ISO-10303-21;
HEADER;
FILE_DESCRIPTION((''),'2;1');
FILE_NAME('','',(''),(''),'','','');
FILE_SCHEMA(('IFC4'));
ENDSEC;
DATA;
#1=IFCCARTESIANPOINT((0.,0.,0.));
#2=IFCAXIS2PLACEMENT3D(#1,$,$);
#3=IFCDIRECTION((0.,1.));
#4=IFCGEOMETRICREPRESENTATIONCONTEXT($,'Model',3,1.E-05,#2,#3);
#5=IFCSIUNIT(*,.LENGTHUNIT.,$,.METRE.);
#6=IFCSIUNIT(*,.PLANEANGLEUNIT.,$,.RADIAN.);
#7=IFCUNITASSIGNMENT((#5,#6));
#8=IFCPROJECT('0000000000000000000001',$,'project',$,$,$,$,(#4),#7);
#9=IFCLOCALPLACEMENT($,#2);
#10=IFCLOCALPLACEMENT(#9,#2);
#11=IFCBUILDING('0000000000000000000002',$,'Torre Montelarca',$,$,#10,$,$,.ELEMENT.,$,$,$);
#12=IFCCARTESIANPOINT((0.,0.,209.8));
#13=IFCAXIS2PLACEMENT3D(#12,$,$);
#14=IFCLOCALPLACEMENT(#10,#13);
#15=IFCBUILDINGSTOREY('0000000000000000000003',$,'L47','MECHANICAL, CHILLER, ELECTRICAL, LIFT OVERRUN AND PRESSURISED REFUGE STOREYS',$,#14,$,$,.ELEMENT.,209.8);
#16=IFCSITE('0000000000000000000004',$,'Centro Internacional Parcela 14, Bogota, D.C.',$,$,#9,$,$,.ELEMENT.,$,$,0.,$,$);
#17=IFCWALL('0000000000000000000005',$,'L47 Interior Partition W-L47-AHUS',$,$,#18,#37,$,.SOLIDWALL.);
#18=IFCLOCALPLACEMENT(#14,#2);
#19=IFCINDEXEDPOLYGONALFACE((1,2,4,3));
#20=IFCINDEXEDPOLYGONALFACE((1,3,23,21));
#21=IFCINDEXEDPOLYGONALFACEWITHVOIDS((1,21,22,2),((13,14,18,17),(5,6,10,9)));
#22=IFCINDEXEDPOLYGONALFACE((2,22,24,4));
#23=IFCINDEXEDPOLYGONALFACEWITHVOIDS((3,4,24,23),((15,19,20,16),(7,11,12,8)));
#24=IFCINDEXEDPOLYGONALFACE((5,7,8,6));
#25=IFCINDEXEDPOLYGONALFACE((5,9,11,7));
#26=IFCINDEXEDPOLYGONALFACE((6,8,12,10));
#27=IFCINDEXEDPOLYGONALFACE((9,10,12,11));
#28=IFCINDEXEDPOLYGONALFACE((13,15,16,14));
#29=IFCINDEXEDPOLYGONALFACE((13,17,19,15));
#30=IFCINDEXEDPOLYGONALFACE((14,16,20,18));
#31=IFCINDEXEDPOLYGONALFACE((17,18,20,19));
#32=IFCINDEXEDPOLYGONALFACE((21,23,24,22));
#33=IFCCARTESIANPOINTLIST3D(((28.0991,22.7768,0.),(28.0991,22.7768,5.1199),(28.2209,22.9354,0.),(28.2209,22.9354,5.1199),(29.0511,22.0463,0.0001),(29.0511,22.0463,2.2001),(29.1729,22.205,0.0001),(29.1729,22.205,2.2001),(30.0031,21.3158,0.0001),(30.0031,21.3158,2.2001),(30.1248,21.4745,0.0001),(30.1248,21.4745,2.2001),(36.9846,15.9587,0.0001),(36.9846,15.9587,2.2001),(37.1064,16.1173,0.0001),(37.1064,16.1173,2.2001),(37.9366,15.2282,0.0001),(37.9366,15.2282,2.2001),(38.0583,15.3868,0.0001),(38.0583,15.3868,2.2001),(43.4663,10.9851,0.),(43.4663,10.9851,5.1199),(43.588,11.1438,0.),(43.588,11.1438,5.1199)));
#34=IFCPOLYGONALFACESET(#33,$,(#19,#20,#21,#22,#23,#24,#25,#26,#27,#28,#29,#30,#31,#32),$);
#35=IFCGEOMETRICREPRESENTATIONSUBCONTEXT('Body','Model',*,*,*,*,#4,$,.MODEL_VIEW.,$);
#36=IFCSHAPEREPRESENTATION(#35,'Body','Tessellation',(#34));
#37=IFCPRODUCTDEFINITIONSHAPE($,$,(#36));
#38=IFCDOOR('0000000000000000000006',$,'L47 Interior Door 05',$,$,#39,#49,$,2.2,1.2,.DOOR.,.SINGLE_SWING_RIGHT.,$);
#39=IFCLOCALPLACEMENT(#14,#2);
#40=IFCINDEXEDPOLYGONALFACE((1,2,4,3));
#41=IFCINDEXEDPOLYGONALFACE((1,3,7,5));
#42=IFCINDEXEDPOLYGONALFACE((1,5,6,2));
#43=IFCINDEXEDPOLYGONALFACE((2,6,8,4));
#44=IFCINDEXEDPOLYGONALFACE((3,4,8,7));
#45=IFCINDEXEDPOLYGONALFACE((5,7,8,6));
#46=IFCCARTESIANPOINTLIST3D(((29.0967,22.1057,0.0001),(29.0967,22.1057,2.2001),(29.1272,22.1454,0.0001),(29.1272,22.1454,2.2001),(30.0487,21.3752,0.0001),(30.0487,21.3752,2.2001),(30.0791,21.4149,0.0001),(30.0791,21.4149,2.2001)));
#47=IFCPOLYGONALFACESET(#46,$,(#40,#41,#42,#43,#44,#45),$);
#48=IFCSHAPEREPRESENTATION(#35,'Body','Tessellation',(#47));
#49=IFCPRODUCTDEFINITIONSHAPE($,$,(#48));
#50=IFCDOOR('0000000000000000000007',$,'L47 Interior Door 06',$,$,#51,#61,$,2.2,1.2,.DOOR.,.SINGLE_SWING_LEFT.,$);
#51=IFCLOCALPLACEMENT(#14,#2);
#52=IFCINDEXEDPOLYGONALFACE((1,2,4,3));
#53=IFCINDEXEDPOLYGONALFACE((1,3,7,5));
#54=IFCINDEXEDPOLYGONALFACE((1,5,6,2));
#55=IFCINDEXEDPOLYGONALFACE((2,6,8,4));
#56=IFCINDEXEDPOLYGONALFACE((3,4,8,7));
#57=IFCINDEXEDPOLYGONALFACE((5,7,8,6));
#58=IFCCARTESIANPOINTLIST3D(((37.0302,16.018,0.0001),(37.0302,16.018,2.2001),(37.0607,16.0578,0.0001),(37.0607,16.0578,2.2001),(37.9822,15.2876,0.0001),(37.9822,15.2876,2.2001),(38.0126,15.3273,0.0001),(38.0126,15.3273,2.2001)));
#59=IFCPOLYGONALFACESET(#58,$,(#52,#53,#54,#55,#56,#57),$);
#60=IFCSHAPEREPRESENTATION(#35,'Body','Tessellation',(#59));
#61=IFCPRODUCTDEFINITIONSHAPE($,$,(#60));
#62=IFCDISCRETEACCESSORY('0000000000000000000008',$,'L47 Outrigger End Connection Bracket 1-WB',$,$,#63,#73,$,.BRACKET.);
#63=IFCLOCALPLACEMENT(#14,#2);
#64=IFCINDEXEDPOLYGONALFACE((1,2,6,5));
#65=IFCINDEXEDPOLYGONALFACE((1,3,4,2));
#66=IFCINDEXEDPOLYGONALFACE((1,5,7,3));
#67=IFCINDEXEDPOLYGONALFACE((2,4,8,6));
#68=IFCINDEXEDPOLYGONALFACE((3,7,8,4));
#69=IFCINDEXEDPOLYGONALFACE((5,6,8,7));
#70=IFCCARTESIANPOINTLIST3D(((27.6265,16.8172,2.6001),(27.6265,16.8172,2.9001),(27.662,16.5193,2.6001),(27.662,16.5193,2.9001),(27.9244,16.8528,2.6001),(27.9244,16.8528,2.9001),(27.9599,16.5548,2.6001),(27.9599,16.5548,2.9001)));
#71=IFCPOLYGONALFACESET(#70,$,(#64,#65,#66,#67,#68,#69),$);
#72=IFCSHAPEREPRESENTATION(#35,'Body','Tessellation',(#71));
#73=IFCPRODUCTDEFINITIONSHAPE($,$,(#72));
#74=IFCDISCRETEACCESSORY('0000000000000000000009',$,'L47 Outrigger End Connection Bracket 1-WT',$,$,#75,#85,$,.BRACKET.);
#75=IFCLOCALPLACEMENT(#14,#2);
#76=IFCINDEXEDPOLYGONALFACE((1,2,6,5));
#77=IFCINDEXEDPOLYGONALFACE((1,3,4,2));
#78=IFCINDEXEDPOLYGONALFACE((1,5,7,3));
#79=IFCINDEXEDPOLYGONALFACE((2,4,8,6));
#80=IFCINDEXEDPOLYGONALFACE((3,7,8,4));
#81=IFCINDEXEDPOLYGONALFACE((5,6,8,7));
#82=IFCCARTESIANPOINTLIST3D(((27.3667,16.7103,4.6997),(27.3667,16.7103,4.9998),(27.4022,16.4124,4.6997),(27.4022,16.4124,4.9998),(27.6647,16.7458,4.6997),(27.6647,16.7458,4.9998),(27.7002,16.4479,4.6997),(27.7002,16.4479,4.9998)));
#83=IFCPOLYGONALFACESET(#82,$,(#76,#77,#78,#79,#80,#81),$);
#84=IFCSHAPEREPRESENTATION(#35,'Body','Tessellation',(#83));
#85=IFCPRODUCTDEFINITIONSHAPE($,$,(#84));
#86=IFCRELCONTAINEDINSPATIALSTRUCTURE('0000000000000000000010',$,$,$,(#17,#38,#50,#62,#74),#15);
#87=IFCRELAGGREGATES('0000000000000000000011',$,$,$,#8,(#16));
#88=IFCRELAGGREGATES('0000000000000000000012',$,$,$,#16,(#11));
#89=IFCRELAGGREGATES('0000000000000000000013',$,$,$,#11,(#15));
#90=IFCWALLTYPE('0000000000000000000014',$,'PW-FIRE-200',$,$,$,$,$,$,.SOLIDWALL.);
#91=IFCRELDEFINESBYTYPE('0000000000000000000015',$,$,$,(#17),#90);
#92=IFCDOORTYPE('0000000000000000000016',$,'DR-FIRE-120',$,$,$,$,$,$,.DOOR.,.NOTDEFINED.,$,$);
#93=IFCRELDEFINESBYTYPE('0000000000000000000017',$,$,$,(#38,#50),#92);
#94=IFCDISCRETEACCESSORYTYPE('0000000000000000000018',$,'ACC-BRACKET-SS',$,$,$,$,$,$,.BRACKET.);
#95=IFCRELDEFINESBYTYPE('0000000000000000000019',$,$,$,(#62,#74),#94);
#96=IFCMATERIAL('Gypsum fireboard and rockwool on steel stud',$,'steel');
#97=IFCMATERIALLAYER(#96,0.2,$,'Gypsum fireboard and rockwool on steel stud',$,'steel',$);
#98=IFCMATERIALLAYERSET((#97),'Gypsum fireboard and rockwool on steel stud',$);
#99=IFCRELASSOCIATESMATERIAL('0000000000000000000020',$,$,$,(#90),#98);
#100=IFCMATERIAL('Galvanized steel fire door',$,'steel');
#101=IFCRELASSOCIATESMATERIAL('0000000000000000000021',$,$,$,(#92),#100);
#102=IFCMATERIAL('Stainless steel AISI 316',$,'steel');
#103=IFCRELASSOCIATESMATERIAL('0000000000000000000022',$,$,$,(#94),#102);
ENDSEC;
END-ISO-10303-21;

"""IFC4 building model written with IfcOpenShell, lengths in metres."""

from ifc_helpers import new_model, si_unit, direction, frame, frame_2d, origin, origin_2d, place, context, subcontext, project, spatial, rectangle, extrude, source, transform, mapped, material, layer, layer_set, type_object, element, fill, save


model = new_model("IFC4")

# Units and contexts
model_context = context("Model", 3, precision=1e-05, world=origin(), true_north=direction((0.0, 1.0)))
body_context = subcontext(model_context, "Body", "Model", "MODEL_VIEW")
ifc_project = project(units=[si_unit("LENGTHUNIT", "METRE"), si_unit("PLANEANGLEUNIT", "RADIAN")], contexts=[model_context])

# Site, building, storey
site_placement = place(None, origin())
site = spatial("IfcSite", under=ifc_project, at=site_placement, Name="Centro Internacional Parcela 14, Bogota, D.C.", CompositionType="ELEMENT", RefElevation=0.0)
building_placement = place(site_placement, origin())
building = spatial("IfcBuilding", under=site, at=building_placement, Name="Torre Montelarca", CompositionType="ELEMENT")
storey_placement = place(building_placement, frame((0.0, 0.0, 209.8)))
storey = spatial("IfcBuildingStorey", under=building, at=storey_placement, Name="L47", Description="MECHANICAL, CHILLER, ELECTRICAL, LIFT OVERRUN AND PRESSURISED REFUGE STOREYS", CompositionType="ELEMENT", Elevation=209.8)

# Shared definitions
ifc_material_1 = material(Name="Gypsum fireboard and rockwool on steel stud", Category="steel")
ifc_layer_1 = layer(ifc_material_1, 0.2, Name="Gypsum fireboard and rockwool on steel stud", Category="steel")
ifc_layer_set_1 = layer_set([ifc_layer_1], Name="Gypsum fireboard and rockwool on steel stud")
wall_type_1 = type_object("IfcWallType", Name="PW-FIRE-200", PredefinedType="SOLIDWALL", material=ifc_layer_set_1)
ifc_material_2 = material(Name="Galvanized steel fire door", Category="steel")
door_type_1 = type_object("IfcDoorType", Name="DR-FIRE-120", OperationType="NOTDEFINED", PredefinedType="DOOR", material=ifc_material_2)
shared_shape_1 = source(origin(), body_context, "Body", "SweptSolid", [
    extrude(rectangle(XDim=1.2, YDim=2.2, at=frame_2d((0.6001, 1.1001))), frame((0.0, 0.0249, 0.0), z_axis=(0.0, -1.0, 0.0), x_axis=(1.0, 0.0, 0.0)), (0.0, 0.0, 1.0), 0.05),
])

# Wall, openings, doors
wall_1_placement = place(storey_placement, frame((28.1599, 22.8562, 0.0), z_axis=(0.0, 0.0, 1.0), x_axis=(0.793351, -0.608764, 0.0)))
wall_1 = element("IfcWall", 1, at=wall_1_placement, inside=storey, type_object=wall_type_1, Name="L47 Interior Partition W-L47-AHUS", PredefinedType="SOLIDWALL", context=body_context, shape_type="SweptSolid", body=[
    extrude(rectangle(XDim=19.3699, YDim=0.2, at=frame_2d((9.6851, 0.0))), origin(), (0.0, 0.0, 1.0), 5.1199),
])
opening_1_placement = place(wall_1_placement, frame((1.2, 0.0, 0.0)))
opening_1 = element("IfcOpeningElement", 2, at=opening_1_placement, cuts=wall_1, PredefinedType="OPENING", context=body_context, shape_type="SweptSolid", body=[
    extrude(rectangle(XDim=1.2, YDim=2.2, at=frame_2d((0.6001, 1.1001))), frame((0.0, 0.1099, 0.0), z_axis=(0.0, -1.0, 0.0), x_axis=(1.0, 0.0, 0.0)), (0.0, 0.0, 1.0), 0.22),
])
opening_2_placement = place(wall_1_placement, frame((11.2, 0.0, 0.0)))
opening_2 = element("IfcOpeningElement", 3, at=opening_2_placement, cuts=wall_1, PredefinedType="OPENING", context=body_context, shape_type="SweptSolid", body=[
    extrude(rectangle(XDim=1.2, YDim=2.2, at=frame_2d((0.6001, 1.1001))), frame((0.0, 0.1099, 0.0), z_axis=(0.0, -1.0, 0.0), x_axis=(1.0, 0.0, 0.0)), (0.0, 0.0, 1.0), 0.22),
])
door_1_placement = place(opening_1_placement, origin())
door_1 = element("IfcDoor", 4, at=door_1_placement, inside=storey, type_object=door_type_1, Name="L47 Interior Door 05", OperationType="SINGLE_SWING_RIGHT", OverallHeight=2.2, OverallWidth=1.2, PredefinedType="DOOR", context=body_context, shape_type="MappedRepresentation", body=[
    mapped(shared_shape_1, transform((0.0, 0.0, 0.0), scale=1.0)),
])
fill(opening_1, door_1)
door_2_placement = place(opening_2_placement, origin())
door_2 = element("IfcDoor", 5, at=door_2_placement, inside=storey, type_object=door_type_1, Name="L47 Interior Door 06", OperationType="SINGLE_SWING_LEFT", OverallHeight=2.2, OverallWidth=1.2, PredefinedType="DOOR", context=body_context, shape_type="MappedRepresentation", body=[
    mapped(shared_shape_1, transform((0.0, 0.0, 0.0), scale=1.0)),
])
fill(opening_2, door_2)

# Discrete accessories
ifc_material_3 = material(Name="Stainless steel AISI 316", Category="steel")
discrete_accessory_type = type_object("IfcDiscreteAccessoryType", Name="ACC-BRACKET-SS", PredefinedType="BRACKET", material=ifc_material_3)
shared_shape_2 = source(origin(), body_context, "Body", "SweptSolid", [
    extrude(rectangle(XDim=0.3, YDim=0.3, at=origin_2d()), origin(), (0.0, 0.0, 1.0), 0.3),
])
for number, where, z_axis, x_axis, name in (
    (6, (27.7932, 16.686, 2.6001), (0.0, 0.0, 1.0), (-0.118404, 0.992966, 0.0), "L47 Outrigger End Connection Bracket 1-WB"),
    (7, (27.5334, 16.5791, 4.6997), (0.0, 0.0, 1.0), (-0.118404, 0.992966, 0.0), "L47 Outrigger End Connection Bracket 1-WT"),
):
    element("IfcDiscreteAccessory", number, at=place(storey_placement, frame(where, z_axis=z_axis, x_axis=x_axis)), inside=storey, type_object=discrete_accessory_type, Name=name, PredefinedType="BRACKET", context=body_context, shape_type="MappedRepresentation", body=[
        mapped(shared_shape_2, transform((0.0, 0.0, 0.0), scale=1.0)),
    ])

save(model, "model.ifc")
